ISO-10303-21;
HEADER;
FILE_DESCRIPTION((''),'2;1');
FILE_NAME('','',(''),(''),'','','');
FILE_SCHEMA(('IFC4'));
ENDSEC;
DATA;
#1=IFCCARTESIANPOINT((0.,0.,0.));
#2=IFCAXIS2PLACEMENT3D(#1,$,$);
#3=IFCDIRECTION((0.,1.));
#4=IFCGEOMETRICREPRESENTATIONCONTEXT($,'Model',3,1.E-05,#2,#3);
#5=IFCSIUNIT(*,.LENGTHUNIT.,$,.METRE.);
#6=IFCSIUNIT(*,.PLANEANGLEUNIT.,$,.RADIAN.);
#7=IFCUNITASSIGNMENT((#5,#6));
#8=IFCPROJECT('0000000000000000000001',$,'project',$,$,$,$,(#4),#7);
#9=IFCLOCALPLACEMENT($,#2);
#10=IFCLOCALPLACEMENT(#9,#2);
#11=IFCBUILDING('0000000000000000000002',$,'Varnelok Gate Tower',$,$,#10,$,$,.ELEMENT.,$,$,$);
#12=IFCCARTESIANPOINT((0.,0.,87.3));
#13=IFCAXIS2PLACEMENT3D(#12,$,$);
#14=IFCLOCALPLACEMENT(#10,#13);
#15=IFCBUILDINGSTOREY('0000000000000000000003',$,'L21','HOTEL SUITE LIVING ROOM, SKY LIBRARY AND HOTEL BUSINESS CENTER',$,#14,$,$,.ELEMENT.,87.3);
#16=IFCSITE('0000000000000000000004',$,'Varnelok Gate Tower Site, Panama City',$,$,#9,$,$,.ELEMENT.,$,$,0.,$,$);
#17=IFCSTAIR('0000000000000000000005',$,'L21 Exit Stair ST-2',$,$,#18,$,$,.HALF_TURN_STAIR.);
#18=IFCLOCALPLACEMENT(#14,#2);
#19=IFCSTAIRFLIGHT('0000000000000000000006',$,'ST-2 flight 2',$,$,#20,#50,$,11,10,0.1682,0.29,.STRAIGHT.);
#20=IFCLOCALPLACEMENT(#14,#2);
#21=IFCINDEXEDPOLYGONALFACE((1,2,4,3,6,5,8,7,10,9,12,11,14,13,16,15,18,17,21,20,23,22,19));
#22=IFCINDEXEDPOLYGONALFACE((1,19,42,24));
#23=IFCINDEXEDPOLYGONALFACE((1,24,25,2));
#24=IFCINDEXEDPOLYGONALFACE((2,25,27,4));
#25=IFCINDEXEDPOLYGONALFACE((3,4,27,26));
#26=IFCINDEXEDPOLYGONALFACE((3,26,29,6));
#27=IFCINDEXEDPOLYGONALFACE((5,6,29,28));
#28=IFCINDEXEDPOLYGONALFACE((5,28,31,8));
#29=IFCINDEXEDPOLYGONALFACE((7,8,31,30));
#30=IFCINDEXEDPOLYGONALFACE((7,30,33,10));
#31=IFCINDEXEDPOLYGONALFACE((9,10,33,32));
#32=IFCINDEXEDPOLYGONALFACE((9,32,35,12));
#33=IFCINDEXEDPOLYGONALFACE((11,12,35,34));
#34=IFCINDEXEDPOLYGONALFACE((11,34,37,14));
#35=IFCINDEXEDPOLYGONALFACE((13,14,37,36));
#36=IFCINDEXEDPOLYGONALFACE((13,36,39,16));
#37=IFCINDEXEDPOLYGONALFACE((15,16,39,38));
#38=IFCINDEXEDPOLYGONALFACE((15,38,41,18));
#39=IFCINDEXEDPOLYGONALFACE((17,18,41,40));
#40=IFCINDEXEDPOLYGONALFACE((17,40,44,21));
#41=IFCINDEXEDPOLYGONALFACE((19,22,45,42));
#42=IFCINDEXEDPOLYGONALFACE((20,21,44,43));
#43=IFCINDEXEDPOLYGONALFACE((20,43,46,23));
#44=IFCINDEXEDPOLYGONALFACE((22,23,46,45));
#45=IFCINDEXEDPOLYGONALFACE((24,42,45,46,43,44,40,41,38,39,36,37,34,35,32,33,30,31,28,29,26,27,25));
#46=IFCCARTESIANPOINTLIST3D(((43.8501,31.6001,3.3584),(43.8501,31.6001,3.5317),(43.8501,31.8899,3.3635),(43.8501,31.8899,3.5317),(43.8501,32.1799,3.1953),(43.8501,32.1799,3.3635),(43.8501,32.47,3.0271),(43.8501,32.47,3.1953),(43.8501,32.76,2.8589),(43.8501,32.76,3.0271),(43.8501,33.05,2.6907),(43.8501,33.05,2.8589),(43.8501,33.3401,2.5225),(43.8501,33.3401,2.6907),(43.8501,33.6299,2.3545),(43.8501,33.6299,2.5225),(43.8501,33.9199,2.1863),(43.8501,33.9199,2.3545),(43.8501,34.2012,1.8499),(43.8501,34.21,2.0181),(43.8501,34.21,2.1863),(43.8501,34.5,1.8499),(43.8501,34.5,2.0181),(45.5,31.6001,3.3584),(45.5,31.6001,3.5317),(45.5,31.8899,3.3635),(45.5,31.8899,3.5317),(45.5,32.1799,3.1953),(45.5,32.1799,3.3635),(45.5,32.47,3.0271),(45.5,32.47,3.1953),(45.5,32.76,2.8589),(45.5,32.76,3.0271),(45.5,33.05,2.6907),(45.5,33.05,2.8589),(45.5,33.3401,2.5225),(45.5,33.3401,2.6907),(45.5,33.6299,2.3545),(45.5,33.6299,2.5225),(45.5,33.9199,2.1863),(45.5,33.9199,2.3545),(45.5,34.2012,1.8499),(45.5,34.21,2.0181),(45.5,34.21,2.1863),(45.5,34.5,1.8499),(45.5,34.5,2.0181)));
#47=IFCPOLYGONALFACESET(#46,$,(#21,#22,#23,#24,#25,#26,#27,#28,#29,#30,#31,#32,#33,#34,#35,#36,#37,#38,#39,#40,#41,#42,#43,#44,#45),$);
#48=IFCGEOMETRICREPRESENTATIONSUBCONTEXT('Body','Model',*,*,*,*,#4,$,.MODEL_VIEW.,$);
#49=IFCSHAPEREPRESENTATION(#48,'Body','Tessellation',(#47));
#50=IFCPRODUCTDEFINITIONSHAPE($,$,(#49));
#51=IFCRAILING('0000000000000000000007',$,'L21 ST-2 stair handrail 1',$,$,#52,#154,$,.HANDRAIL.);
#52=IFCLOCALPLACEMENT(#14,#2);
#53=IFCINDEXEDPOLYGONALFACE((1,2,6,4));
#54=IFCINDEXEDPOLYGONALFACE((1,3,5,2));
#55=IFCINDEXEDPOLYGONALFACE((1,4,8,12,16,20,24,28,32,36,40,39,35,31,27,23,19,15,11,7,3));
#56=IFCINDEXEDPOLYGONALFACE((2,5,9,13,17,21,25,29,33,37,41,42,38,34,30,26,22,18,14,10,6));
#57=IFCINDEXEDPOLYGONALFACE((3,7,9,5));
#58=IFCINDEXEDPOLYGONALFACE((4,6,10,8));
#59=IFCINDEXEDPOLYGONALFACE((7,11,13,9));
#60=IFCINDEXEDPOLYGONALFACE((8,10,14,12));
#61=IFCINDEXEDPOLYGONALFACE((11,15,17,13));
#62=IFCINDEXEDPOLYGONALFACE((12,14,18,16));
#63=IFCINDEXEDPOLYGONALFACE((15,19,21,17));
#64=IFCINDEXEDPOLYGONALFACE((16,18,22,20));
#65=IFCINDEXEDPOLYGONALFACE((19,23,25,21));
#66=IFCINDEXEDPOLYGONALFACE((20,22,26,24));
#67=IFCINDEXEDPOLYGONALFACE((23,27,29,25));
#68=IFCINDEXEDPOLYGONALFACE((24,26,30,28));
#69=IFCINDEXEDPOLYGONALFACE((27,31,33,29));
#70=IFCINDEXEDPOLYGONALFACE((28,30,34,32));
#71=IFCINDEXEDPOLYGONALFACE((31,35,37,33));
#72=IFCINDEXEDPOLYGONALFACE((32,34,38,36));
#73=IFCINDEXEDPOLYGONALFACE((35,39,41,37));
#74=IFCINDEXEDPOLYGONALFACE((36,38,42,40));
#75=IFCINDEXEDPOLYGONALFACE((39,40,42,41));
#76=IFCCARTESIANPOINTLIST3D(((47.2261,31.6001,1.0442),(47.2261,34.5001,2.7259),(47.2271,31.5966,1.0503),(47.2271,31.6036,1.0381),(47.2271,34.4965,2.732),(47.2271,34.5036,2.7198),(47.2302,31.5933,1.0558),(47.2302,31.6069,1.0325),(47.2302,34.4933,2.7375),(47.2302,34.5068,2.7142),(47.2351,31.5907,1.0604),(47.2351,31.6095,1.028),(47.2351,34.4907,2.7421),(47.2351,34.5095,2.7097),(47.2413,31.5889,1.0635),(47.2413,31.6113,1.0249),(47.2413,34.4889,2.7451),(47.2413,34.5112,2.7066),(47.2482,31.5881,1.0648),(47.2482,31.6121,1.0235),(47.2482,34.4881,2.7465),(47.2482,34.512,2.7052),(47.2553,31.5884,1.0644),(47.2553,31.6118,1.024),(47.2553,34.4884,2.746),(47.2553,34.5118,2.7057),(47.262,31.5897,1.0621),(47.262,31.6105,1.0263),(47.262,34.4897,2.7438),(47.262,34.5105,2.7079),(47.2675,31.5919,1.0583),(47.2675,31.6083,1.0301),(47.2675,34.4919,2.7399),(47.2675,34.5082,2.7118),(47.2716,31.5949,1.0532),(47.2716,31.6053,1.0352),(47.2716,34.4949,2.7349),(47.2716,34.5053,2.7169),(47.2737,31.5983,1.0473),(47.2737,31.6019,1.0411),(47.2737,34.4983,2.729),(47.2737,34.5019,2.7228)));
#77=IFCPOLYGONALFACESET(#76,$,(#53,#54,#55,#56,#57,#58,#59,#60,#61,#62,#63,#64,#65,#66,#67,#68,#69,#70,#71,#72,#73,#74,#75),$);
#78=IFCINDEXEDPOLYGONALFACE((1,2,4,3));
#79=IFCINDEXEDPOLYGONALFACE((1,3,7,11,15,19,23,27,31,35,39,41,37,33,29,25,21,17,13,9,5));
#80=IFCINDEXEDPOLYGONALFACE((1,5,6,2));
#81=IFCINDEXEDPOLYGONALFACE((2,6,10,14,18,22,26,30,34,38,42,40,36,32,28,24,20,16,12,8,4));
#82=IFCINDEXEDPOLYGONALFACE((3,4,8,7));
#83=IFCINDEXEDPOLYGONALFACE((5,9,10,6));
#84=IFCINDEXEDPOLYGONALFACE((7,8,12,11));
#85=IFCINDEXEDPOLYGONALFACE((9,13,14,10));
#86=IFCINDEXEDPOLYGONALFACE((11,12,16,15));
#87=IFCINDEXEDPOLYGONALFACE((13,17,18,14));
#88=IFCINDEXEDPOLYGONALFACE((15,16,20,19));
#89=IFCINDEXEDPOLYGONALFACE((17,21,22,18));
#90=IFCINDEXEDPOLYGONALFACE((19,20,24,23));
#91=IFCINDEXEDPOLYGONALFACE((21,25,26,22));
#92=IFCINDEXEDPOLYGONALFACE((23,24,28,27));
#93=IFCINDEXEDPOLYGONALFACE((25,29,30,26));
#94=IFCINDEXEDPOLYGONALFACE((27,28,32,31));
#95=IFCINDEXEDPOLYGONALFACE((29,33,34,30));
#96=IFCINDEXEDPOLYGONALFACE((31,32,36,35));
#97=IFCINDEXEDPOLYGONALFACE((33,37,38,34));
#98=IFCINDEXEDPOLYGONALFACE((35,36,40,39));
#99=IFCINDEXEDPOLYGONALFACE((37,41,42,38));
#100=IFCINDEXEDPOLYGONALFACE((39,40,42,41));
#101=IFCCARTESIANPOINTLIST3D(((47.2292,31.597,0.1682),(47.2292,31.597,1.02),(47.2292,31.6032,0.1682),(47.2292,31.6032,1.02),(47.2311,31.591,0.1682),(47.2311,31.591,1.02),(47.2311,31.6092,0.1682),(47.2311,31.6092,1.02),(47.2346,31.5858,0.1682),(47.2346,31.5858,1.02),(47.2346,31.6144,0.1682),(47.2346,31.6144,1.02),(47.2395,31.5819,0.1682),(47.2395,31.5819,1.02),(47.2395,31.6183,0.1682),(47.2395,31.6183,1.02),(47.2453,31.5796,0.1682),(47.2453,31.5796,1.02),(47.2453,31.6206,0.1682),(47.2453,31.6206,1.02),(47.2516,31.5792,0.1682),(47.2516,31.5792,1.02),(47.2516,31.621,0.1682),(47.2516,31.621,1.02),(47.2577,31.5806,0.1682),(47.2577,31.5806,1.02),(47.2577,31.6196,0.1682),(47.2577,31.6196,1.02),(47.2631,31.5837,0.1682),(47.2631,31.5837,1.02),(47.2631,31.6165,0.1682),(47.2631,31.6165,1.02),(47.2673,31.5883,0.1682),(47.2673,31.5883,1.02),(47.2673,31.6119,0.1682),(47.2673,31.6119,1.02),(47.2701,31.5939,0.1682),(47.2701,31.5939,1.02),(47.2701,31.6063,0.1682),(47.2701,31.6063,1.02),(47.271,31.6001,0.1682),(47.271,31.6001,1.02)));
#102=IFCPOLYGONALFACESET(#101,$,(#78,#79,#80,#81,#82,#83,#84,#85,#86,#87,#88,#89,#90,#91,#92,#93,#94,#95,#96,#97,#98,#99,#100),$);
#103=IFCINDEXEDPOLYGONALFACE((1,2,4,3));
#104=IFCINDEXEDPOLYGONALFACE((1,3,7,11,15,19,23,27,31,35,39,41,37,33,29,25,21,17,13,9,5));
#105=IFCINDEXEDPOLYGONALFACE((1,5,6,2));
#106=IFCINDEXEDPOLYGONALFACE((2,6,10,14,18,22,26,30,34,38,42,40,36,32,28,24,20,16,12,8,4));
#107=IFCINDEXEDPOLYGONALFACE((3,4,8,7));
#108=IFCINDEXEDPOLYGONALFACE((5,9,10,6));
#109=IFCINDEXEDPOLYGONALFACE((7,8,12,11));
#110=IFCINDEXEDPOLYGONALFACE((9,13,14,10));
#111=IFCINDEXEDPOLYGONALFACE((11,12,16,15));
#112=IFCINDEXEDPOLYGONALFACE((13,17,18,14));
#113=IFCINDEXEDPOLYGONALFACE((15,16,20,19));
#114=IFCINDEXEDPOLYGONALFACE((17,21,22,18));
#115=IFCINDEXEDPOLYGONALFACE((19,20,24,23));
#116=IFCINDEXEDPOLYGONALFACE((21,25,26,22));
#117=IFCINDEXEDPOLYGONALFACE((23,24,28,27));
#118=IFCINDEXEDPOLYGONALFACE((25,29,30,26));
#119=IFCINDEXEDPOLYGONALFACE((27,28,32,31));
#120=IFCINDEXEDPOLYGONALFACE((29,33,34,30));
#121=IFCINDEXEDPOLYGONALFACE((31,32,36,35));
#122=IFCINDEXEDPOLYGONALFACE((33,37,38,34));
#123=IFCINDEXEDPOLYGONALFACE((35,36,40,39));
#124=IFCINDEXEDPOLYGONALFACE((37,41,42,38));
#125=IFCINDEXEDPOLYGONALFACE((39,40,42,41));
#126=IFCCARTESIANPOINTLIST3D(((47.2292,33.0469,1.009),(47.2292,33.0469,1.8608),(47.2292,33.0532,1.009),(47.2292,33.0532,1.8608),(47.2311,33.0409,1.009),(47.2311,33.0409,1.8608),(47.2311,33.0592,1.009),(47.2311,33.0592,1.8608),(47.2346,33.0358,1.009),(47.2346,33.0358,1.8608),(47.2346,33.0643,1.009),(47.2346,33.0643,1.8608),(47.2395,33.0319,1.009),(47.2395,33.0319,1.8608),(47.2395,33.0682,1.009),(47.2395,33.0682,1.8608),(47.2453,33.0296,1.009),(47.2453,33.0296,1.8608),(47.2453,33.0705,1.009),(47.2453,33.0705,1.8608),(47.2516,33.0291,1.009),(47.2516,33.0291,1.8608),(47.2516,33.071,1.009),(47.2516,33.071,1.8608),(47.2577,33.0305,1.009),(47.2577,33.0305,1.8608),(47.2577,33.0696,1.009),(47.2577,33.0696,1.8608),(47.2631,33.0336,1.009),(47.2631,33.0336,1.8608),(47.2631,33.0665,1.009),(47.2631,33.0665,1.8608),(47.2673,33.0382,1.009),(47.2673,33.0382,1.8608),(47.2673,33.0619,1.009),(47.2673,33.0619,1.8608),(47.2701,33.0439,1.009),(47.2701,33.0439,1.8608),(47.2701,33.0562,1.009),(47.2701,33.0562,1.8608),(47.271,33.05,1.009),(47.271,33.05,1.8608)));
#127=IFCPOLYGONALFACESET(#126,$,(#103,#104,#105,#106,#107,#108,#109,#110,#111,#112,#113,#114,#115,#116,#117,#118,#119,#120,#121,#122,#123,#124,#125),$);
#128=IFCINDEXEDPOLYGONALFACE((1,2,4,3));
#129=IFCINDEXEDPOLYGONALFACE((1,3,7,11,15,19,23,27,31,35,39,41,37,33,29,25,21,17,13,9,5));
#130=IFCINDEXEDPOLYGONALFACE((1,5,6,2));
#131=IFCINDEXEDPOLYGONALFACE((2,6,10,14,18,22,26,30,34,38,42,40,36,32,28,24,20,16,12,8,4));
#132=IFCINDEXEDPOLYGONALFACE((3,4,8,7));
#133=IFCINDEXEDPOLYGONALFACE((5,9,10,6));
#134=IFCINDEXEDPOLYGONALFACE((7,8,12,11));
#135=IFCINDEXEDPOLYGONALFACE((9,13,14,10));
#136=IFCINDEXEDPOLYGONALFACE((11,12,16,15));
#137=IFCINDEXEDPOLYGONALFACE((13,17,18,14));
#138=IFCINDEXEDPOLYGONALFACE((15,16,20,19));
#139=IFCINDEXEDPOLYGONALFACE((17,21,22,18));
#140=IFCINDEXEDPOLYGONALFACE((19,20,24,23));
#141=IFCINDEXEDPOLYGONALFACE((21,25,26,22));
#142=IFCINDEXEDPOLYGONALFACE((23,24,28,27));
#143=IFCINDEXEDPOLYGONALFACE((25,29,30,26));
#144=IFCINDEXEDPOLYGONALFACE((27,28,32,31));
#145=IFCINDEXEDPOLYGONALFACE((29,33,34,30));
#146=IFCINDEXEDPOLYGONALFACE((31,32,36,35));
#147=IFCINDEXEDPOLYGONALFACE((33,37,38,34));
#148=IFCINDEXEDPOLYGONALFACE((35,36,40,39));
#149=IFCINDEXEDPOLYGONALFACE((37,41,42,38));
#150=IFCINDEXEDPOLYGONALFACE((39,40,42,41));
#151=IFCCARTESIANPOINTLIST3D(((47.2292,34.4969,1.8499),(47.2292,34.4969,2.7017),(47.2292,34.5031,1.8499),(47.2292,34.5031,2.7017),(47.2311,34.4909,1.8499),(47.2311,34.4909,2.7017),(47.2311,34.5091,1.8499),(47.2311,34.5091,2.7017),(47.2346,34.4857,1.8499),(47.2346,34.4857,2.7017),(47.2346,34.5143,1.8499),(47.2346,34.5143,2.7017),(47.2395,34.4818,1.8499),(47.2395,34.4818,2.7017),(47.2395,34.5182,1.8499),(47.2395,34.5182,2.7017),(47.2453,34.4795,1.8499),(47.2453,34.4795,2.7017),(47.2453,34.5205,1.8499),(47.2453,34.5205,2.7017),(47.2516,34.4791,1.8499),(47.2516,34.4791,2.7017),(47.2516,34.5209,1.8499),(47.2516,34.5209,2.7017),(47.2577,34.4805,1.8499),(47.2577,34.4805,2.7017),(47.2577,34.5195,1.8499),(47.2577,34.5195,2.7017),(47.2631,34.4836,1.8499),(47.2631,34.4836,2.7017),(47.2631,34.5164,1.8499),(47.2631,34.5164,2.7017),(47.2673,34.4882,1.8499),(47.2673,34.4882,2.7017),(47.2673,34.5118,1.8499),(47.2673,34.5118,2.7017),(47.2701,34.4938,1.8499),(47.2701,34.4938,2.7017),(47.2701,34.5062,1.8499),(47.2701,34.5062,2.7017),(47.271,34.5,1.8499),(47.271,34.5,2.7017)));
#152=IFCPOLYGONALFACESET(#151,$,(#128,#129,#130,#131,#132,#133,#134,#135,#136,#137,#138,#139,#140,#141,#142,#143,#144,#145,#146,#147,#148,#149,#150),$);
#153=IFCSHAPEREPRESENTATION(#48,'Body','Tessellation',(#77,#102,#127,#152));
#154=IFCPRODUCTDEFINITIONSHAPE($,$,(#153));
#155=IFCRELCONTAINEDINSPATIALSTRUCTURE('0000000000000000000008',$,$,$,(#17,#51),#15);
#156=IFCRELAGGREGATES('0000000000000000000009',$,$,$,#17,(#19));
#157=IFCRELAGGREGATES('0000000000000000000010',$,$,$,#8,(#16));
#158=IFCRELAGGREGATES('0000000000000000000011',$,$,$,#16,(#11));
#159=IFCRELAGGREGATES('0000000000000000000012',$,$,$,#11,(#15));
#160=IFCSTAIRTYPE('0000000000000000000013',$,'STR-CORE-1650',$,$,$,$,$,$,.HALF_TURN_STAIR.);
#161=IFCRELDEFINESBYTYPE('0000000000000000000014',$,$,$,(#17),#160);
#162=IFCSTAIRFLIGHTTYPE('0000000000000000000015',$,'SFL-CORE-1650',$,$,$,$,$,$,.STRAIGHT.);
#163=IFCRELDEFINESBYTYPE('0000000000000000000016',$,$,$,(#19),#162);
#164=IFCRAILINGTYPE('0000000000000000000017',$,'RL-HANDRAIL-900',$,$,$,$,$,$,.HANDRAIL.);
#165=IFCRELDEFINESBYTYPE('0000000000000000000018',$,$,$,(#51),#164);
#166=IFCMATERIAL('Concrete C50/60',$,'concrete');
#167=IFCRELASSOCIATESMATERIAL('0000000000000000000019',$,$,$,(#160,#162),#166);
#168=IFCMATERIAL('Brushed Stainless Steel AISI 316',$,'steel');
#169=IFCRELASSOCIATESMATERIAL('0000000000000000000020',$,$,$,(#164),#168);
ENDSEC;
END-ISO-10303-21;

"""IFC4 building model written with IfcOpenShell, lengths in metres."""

from ifc_helpers import new_model, si_unit, direction, frame, origin, origin_2d, place, context, subcontext, project, spatial, polyline, circle, outline, extrude, material, type_object, element, aggregate, save


model = new_model("IFC4")

# Units and contexts
model_context = context("Model", 3, precision=1e-05, world=origin(), true_north=direction((0.0, 1.0)))
body_context = subcontext(model_context, "Body", "Model", "MODEL_VIEW")
ifc_project = project(units=[si_unit("LENGTHUNIT", "METRE"), si_unit("PLANEANGLEUNIT", "RADIAN")], contexts=[model_context])

# Site, building, storey
site_placement = place(None, origin())
site = spatial("IfcSite", under=ifc_project, at=site_placement, Name="Varnelok Gate Tower Site, Panama City", CompositionType="ELEMENT", RefElevation=0.0)
building_placement = place(site_placement, origin())
building = spatial("IfcBuilding", under=site, at=building_placement, Name="Varnelok Gate Tower", CompositionType="ELEMENT")
storey_placement = place(building_placement, frame((0.0, 0.0, 87.3)))
storey = spatial("IfcBuildingStorey", under=building, at=storey_placement, Name="L21", Description="HOTEL SUITE LIVING ROOM, SKY LIBRARY AND HOTEL BUSINESS CENTER", CompositionType="ELEMENT", Elevation=87.3)

# Stair, stair flight
ifc_material_1 = material(Name="Concrete C50/60", Category="concrete")
stair_type = type_object("IfcStairType", Name="STR-CORE-1650", PredefinedType="HALF_TURN_STAIR", material=ifc_material_1)
stair_placement = place(storey_placement, origin())
stair = element("IfcStair", 1, at=stair_placement, inside=storey, type_object=stair_type, Name="L21 Exit Stair ST-2", PredefinedType="HALF_TURN_STAIR")
stair_flight_type = type_object("IfcStairFlightType", Name="SFL-CORE-1650", PredefinedType="STRAIGHT", material=ifc_material_1)
stair_flight_1_placement = place(storey_placement, frame((44.675, 34.5, 1.8499), z_axis=(0.0, 0.0, 1.0), x_axis=(0.0, -1.0, 0.0)))
stair_flight_1 = element("IfcStairFlight", 2, at=stair_flight_1_placement, type_object=stair_flight_type, Name="ST-2 flight 2", NumberOfRisers=11, NumberOfTreads=10, PredefinedType="STRAIGHT", RiserHeight=0.1682, TreadLength=0.29, context=body_context, shape_type="SweptSolid", body=[
    extrude(outline(polyline([(0.0, 0.0), (0.0, 0.1682), (0.29, 0.1682), (0.29, 0.3364), (0.5801, 0.3364), (0.5801, 0.5046), (0.8701, 0.5046), (0.8701, 0.6726), (1.1599, 0.6726), (1.1599, 0.8408), (1.45, 0.8408), (1.45, 1.009), (1.74, 1.009), (1.74, 1.1772), (2.03, 1.1772), (2.03, 1.3455), (2.3201, 1.3455), (2.3201, 1.5137), (2.6101, 1.5137), (2.6101, 1.6819), (2.8999, 1.6819), (2.8999, 1.8501), (2.8999, 1.5085), (0.2988, 0.0), (0.0, 0.0)])), frame((0.0, 0.825, 0.0), z_axis=(0.0, -1.0, 0.0), x_axis=(1.0, 0.0, 0.0)), (0.0, 0.0, 1.0), 1.6499),
])
aggregate(stair, [stair_flight_1])

# Railing
ifc_material_2 = material(Name="Brushed Stainless Steel AISI 316", Category="steel")
railing_type_1 = type_object("IfcRailingType", Name="RL-HANDRAIL-900", PredefinedType="HANDRAIL", material=ifc_material_2)
railing_1_placement = place(storey_placement, frame((47.25, 31.6001, 0.1682)))
element("IfcRailing", 3, at=railing_1_placement, inside=storey, type_object=railing_type_1, Name="L21 ST-2 stair handrail 1", PredefinedType="HANDRAIL", context=body_context, shape_type="SweptSolid", body=[
    extrude(circle(Radius=0.0239, at=origin_2d()), frame((0.0, 0.0, 0.876), z_axis=(0.0, 0.86507, 0.501651), x_axis=(-1.0, 0.0, 0.0)), (0.0, 0.0, 1.0), 3.3523),
    extrude(circle(Radius=0.021, at=origin_2d()), origin(), (0.0, 0.0, 1.0), 0.8518),
    extrude(circle(Radius=0.021, at=origin_2d()), frame((0.0, 1.45, 0.8408)), (0.0, 0.0, 1.0), 0.8518),
    extrude(circle(Radius=0.021, at=origin_2d()), frame((0.0, 2.8999, 1.6816)), (0.0, 0.0, 1.0), 0.8518),
])

save(model, "model.ifc")
